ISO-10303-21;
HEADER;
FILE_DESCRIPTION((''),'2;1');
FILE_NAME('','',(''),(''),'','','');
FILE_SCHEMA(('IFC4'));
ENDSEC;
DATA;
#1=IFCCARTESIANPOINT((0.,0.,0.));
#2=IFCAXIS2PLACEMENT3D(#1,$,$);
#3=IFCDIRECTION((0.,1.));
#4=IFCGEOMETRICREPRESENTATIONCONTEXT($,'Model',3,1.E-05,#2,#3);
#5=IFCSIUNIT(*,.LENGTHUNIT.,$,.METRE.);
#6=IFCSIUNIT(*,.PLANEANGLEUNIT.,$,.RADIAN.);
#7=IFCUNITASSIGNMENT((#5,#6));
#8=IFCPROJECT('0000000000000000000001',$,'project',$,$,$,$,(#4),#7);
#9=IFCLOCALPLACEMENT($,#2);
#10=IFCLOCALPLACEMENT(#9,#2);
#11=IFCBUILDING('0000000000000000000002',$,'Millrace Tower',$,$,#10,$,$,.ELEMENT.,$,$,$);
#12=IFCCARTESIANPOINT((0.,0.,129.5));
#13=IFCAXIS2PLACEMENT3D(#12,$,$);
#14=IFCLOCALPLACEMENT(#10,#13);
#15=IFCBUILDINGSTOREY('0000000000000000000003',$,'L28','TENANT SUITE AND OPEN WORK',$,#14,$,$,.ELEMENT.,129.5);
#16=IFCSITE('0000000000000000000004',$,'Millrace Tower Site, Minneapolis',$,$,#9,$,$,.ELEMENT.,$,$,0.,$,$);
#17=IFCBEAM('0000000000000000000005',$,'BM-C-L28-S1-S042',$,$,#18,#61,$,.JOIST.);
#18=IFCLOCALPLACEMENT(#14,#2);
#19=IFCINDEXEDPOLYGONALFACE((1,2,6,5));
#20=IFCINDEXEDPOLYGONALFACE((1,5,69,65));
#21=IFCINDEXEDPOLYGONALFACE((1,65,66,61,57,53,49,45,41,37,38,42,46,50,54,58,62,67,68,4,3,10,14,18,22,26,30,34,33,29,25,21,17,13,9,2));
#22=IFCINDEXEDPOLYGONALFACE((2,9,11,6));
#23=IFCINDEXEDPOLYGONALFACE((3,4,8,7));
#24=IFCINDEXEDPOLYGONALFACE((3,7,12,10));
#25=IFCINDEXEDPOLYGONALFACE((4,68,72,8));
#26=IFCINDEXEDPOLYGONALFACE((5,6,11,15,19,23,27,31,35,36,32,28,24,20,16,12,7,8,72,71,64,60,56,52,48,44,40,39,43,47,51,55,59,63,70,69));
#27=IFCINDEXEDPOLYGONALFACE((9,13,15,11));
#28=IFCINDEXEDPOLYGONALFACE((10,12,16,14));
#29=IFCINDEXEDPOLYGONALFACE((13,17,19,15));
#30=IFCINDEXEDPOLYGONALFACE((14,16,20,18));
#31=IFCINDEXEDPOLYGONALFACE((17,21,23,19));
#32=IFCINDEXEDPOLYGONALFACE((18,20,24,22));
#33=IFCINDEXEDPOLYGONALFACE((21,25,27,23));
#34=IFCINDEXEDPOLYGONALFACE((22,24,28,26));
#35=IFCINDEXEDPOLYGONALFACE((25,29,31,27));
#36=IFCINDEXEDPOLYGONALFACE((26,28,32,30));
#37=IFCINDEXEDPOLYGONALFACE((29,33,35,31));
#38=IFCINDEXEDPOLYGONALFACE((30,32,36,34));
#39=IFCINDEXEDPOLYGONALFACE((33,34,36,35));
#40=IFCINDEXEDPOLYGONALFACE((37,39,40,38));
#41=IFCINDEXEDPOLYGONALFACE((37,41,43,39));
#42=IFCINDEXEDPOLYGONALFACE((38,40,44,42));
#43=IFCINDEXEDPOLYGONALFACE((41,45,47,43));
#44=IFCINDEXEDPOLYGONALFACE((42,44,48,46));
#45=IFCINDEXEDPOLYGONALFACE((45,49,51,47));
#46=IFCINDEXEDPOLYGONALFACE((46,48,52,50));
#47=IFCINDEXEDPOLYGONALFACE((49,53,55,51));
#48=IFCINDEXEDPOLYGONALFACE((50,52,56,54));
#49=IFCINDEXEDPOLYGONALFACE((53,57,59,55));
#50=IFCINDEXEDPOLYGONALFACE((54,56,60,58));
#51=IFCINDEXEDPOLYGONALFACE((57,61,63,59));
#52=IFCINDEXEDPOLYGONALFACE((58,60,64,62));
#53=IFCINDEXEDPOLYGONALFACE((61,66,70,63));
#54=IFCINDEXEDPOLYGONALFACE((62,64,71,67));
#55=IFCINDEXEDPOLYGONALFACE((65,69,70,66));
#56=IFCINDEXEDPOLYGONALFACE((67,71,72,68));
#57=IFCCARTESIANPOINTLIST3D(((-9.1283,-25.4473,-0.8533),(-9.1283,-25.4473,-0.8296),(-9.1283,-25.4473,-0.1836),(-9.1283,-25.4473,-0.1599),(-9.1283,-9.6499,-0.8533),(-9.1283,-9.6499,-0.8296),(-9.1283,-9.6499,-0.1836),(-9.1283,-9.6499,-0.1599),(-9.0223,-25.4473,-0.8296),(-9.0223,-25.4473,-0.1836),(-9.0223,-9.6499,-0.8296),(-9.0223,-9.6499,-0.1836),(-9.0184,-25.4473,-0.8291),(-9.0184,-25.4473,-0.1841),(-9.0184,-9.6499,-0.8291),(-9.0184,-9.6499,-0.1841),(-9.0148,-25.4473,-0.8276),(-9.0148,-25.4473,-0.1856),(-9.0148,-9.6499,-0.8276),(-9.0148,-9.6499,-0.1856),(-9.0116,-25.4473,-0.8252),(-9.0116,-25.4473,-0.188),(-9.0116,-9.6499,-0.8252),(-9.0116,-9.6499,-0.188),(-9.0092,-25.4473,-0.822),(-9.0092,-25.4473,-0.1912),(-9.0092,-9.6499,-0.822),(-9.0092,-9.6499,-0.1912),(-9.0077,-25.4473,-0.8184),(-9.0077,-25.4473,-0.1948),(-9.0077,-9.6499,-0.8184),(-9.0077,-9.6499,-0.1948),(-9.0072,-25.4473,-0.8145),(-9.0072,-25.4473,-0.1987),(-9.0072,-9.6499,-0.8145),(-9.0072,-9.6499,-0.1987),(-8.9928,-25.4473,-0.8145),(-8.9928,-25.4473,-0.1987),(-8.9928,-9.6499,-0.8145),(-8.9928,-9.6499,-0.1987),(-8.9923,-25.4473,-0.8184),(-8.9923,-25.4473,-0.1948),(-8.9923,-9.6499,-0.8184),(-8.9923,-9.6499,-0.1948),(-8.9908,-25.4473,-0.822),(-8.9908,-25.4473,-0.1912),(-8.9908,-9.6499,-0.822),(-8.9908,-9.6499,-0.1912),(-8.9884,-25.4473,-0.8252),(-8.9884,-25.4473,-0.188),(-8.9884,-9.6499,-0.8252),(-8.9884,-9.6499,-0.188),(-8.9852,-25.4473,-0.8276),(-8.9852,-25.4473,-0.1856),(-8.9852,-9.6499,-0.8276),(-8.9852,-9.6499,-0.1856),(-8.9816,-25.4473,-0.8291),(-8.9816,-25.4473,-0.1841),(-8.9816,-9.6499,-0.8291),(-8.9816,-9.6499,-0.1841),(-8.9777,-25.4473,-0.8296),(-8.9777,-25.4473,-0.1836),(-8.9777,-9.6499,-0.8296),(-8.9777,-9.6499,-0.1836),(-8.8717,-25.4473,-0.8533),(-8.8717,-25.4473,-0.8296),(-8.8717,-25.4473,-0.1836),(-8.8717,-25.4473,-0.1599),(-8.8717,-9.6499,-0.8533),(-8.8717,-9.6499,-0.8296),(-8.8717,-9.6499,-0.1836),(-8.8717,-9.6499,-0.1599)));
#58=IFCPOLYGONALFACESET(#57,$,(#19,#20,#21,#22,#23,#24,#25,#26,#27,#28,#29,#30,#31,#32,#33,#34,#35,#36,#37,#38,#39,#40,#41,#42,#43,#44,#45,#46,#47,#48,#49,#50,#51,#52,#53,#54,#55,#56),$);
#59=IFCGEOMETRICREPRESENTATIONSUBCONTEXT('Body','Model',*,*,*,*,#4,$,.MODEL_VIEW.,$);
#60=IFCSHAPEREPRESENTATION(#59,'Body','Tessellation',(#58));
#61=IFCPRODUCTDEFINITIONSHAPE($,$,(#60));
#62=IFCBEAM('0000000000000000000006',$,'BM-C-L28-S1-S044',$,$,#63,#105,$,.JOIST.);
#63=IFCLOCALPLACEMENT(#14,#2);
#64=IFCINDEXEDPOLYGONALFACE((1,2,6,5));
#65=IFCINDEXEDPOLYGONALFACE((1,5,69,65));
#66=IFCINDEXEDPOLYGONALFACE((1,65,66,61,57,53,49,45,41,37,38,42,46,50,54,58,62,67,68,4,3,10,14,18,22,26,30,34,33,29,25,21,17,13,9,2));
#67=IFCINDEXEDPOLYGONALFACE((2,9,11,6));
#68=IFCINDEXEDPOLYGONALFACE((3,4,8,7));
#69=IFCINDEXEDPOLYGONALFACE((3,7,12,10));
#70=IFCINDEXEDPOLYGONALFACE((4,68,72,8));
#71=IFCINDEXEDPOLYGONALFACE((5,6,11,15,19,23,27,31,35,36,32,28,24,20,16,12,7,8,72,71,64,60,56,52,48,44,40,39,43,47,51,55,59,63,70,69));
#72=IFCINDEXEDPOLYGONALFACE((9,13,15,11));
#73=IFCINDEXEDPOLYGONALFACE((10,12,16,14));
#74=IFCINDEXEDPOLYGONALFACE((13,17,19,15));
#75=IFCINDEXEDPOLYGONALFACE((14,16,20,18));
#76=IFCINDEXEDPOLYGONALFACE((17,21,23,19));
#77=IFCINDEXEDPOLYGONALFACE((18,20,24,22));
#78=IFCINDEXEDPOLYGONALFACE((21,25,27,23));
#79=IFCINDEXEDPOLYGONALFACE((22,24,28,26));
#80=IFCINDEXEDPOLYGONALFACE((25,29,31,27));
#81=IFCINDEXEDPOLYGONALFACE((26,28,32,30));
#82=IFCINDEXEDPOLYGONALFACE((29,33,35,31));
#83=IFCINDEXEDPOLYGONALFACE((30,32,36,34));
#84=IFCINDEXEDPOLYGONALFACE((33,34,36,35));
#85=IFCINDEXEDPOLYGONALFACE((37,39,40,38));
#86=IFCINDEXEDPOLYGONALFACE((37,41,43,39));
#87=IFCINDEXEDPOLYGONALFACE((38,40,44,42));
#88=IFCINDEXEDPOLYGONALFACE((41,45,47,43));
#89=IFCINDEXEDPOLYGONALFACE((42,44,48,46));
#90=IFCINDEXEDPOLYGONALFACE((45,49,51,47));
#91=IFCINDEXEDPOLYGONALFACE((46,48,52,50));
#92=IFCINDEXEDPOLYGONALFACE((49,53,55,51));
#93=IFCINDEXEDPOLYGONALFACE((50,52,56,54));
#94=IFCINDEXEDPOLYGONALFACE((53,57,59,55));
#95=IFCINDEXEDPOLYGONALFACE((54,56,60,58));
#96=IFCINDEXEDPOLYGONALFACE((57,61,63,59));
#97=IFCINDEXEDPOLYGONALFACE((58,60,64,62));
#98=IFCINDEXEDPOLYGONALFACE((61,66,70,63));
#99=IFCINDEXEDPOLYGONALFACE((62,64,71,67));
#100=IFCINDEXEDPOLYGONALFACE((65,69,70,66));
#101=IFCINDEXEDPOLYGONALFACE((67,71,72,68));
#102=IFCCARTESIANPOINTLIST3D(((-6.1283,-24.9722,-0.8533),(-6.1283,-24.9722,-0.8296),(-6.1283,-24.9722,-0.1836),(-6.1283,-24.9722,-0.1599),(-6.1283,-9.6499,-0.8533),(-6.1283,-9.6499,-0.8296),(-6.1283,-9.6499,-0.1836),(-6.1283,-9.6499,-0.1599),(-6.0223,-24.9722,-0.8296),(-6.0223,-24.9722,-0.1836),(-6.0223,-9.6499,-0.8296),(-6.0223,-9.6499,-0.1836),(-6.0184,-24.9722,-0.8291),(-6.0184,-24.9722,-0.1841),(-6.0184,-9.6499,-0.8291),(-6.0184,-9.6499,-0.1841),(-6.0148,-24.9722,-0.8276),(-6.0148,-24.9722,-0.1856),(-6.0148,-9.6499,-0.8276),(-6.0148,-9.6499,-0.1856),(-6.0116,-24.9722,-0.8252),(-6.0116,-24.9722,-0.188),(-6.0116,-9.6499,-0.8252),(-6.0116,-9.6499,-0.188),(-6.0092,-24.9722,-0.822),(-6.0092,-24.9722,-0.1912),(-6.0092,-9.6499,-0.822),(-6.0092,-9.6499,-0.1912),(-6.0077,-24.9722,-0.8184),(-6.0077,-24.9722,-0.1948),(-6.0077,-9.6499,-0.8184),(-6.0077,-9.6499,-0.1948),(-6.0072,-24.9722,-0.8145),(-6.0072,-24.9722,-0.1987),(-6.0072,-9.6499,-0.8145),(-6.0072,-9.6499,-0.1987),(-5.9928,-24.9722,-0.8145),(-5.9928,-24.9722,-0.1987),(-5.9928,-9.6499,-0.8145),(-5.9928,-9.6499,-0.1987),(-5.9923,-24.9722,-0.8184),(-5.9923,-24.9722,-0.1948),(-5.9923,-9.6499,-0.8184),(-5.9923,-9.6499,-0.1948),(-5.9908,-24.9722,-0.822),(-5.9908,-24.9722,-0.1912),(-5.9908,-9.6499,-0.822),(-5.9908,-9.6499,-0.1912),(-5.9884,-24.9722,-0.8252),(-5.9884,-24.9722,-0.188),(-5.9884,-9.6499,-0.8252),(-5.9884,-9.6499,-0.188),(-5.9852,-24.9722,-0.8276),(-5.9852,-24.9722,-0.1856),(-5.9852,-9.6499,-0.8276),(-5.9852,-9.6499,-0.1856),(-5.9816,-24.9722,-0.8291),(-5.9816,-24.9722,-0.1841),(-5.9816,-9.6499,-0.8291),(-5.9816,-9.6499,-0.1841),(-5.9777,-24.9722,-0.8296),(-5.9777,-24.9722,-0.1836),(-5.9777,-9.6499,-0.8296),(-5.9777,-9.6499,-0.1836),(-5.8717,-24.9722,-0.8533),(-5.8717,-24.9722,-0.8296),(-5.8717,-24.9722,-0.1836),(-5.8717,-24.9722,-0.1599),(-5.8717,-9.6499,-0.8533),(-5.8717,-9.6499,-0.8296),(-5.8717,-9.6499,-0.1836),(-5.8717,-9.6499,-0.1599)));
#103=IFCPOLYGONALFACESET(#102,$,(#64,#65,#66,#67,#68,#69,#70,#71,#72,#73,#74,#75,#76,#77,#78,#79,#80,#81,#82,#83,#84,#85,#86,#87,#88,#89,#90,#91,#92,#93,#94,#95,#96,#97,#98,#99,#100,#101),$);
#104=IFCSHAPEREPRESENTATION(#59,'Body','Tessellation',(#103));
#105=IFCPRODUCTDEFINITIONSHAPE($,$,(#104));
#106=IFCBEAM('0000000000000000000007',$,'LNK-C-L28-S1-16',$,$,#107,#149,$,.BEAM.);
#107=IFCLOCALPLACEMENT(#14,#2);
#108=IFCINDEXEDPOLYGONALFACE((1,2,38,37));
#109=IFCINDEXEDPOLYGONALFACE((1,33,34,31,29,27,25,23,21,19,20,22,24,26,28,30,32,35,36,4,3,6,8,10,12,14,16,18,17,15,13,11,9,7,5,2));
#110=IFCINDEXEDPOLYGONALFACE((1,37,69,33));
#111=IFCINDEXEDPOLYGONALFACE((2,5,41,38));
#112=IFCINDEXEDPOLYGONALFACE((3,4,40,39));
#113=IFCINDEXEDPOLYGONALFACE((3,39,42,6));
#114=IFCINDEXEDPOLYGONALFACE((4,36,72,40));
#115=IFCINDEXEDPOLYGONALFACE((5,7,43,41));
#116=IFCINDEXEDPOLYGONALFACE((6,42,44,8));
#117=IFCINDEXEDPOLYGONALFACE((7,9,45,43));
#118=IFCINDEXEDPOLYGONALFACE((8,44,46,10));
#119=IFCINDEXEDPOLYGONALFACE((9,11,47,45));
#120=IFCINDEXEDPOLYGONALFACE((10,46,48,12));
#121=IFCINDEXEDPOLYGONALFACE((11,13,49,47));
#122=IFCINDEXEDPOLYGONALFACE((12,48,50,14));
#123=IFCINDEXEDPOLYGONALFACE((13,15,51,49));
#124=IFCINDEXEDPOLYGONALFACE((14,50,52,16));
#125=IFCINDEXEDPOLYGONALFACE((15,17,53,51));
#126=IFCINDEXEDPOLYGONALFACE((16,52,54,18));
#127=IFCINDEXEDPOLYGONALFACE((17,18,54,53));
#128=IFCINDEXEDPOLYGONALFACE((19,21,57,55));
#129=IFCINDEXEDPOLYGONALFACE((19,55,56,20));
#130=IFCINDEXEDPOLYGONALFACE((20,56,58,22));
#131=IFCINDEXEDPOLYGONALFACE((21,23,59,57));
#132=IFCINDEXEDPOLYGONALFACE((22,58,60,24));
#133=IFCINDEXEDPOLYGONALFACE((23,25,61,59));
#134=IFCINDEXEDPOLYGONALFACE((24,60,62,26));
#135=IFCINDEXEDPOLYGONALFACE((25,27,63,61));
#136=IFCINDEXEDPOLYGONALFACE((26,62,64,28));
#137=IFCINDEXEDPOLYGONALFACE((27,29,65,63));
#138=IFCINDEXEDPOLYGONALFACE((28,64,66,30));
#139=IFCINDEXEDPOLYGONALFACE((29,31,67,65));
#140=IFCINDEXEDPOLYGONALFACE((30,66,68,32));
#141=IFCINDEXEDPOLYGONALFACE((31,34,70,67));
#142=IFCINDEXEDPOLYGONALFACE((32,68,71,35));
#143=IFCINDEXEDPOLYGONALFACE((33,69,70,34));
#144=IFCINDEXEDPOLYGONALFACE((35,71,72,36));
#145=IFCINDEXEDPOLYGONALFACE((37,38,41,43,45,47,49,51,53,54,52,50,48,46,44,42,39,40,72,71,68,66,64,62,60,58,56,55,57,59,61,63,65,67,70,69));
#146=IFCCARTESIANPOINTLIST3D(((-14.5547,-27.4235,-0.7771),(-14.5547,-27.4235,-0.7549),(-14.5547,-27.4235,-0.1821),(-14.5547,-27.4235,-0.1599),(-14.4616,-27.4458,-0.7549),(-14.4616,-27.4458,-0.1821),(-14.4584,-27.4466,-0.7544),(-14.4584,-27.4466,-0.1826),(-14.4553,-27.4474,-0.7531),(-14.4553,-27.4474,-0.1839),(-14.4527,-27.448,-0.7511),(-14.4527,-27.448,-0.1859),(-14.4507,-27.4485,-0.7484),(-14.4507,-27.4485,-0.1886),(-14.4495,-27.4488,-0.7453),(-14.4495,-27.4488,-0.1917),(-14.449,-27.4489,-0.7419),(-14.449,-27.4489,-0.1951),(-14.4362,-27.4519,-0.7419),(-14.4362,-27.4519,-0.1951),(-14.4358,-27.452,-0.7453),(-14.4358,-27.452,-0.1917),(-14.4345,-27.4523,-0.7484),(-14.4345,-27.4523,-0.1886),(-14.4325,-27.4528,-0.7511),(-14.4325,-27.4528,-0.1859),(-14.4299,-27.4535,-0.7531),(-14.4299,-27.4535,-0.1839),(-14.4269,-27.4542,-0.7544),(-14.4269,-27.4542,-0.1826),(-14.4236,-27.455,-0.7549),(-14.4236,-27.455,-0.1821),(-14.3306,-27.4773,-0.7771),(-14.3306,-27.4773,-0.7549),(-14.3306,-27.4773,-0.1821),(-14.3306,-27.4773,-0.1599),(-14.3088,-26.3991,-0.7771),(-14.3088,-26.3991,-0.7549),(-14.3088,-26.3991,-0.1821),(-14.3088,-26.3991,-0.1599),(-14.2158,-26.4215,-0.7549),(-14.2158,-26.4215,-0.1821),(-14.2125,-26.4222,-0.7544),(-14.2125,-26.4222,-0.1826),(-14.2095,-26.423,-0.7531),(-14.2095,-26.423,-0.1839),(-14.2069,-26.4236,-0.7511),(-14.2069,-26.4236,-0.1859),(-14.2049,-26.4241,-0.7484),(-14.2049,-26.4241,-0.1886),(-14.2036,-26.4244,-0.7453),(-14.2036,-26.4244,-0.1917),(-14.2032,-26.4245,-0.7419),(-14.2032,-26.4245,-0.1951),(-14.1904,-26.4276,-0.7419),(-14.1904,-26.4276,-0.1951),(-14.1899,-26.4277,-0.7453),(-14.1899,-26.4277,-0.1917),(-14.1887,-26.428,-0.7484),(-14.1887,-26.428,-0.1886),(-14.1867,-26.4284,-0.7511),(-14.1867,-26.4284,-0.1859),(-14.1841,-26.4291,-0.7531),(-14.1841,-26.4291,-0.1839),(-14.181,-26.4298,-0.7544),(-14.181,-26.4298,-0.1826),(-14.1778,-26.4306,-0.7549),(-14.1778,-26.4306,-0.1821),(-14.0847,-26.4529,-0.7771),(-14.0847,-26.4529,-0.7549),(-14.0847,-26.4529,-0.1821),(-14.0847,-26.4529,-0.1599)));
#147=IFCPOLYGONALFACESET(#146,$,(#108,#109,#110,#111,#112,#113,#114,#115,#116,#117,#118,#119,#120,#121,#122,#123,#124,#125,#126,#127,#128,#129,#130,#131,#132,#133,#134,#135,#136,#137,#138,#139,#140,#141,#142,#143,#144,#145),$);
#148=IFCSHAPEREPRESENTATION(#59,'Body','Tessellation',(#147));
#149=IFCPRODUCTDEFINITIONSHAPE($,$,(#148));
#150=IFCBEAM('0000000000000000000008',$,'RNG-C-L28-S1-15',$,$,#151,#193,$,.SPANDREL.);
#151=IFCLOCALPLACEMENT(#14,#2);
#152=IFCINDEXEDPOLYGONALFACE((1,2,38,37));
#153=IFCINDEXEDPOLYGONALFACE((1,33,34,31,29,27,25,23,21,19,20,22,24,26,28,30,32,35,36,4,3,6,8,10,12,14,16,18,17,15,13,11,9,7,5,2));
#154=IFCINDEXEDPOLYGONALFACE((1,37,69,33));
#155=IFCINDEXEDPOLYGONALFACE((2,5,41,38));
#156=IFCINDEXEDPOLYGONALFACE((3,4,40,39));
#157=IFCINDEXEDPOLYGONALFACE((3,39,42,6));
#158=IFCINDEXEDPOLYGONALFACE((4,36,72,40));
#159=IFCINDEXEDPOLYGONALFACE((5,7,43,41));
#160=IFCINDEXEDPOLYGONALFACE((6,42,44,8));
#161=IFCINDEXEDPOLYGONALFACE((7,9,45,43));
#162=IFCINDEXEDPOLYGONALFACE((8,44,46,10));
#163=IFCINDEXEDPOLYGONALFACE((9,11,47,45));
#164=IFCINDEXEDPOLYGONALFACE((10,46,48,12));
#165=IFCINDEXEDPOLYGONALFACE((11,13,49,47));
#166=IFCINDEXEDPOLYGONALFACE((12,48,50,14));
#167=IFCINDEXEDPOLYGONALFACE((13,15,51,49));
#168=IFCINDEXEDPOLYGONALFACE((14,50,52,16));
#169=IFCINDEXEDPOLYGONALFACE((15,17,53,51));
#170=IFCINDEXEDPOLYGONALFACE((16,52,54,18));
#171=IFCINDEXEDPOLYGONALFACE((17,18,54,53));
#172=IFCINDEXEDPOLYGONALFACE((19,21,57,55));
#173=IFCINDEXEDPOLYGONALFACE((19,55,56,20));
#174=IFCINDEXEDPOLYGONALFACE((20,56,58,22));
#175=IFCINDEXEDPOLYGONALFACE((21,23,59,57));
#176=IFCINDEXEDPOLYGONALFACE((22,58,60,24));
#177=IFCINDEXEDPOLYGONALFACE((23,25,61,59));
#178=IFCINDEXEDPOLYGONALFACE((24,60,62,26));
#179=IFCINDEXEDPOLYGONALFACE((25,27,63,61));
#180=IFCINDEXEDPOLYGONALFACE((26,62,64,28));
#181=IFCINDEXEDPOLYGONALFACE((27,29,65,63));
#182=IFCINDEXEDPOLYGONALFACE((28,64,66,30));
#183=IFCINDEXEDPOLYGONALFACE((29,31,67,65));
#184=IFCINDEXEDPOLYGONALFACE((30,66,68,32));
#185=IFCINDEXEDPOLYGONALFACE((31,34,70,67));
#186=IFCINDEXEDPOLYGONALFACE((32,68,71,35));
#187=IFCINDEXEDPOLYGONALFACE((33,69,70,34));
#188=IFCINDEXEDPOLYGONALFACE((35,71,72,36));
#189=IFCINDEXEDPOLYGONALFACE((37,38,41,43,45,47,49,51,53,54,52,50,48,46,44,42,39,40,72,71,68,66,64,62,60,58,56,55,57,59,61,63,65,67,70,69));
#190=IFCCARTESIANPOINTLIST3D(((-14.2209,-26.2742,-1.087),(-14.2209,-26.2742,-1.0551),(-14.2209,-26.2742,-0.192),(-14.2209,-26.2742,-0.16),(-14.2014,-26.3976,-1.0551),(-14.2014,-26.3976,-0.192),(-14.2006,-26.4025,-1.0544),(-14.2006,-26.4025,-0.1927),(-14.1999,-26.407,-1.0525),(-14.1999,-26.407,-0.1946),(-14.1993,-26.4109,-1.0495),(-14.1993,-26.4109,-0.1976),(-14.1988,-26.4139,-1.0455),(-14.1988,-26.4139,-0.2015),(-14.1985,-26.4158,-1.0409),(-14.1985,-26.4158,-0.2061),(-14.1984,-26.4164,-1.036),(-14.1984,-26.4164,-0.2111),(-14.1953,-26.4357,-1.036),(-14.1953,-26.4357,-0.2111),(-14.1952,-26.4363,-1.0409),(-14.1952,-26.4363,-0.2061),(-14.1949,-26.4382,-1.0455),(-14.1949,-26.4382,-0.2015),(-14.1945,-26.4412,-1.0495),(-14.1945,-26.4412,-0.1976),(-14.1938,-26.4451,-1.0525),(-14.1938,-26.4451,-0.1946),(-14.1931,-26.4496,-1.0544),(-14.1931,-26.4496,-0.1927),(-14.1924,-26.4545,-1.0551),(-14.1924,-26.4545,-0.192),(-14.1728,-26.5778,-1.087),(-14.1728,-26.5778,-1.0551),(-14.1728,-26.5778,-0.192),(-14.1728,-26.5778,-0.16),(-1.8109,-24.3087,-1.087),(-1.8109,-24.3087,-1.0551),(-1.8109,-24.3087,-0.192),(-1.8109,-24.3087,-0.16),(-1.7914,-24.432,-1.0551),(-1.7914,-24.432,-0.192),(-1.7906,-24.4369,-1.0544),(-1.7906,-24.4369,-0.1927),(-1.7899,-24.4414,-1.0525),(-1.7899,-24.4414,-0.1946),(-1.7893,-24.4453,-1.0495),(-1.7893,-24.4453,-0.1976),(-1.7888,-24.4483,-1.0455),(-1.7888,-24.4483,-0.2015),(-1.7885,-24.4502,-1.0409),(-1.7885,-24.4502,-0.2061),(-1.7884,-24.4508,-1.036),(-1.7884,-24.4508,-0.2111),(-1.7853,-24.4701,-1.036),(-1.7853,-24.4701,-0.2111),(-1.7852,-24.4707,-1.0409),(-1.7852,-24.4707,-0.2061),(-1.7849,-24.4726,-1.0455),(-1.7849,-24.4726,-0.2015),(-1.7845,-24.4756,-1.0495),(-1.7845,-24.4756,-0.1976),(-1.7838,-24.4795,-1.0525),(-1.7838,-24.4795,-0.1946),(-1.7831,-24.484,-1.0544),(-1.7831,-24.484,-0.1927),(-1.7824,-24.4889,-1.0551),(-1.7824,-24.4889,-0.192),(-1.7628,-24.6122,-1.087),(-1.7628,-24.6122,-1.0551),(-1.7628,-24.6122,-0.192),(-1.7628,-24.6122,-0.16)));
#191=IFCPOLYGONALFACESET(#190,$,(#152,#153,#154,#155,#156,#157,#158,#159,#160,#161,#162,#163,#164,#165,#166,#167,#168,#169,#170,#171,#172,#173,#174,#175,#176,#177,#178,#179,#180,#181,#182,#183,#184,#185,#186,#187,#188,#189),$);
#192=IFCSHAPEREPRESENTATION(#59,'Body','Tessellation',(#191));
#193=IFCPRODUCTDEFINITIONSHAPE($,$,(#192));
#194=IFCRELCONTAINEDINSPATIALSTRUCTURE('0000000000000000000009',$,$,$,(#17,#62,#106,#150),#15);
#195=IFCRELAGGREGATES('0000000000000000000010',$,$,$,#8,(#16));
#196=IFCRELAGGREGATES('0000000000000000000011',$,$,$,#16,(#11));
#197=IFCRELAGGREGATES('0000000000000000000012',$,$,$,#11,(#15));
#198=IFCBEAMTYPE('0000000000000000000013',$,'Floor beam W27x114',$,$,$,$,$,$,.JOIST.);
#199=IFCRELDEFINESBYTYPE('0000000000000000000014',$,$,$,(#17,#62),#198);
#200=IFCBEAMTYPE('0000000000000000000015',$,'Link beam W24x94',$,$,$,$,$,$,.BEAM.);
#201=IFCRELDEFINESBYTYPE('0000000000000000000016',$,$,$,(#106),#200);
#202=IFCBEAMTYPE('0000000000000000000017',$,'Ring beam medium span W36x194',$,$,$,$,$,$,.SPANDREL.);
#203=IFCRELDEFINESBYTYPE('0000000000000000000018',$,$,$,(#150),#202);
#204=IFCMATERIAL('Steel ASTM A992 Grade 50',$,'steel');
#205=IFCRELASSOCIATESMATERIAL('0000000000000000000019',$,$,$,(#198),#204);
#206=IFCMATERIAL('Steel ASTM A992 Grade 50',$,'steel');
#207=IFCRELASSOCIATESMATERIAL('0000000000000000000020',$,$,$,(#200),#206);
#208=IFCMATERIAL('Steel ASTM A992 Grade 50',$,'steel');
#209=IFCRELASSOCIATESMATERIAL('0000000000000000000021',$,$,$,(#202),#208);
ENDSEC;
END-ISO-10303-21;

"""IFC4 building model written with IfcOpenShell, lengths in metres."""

from ifc_helpers import new_model, si_unit, direction, frame, origin, origin_2d, place, context, subcontext, project, spatial, i_section, extrude, material, material_profile, profile_set, type_object, element, save


model = new_model("IFC4")

# Units and contexts
model_context = context("Model", 3, precision=1e-05, world=origin(), true_north=direction((0.0, 1.0)))
body_context = subcontext(model_context, "Body", "Model", "MODEL_VIEW")
ifc_project = project(units=[si_unit("LENGTHUNIT", "METRE"), si_unit("PLANEANGLEUNIT", "RADIAN")], contexts=[model_context])

# Site, building, storey
site_placement = place(None, origin())
site = spatial("IfcSite", under=ifc_project, at=site_placement, Name="Millrace Tower Site, Minneapolis", CompositionType="ELEMENT", RefElevation=0.0)
building_placement = place(site_placement, origin())
building = spatial("IfcBuilding", under=site, at=building_placement, Name="Millrace Tower", CompositionType="ELEMENT")
storey_placement = place(building_placement, frame((0.0, 0.0, 129.5)))
storey = spatial("IfcBuildingStorey", under=building, at=storey_placement, Name="L28", Description="TENANT SUITE AND OPEN WORK", CompositionType="ELEMENT", Elevation=129.5)

# Beams
ifc_material_1 = material(Name="Steel ASTM A992 Grade 50", Category="steel")
ifc_material_profile_1 = material_profile(ifc_material_1, i_section(OverallWidth=0.2566, OverallDepth=0.6934, WebThickness=0.0144, FlangeThickness=0.0237, FilletRadius=0.0151, at=origin_2d()))
ifc_profile_set_1 = profile_set([ifc_material_profile_1], Name="Steel ASTM A992 Grade 50")
beam_type_1 = type_object("IfcBeamType", Name="Floor beam W27x114", PredefinedType="JOIST", material=ifc_profile_set_1)
beam_1_placement = place(storey_placement, frame((-9.0, -25.4473, -0.5066), z_axis=(0.0, 1.0, 0.0), x_axis=(-1.0, 0.0, 0.0)))
element("IfcBeam", 1, at=beam_1_placement, inside=storey, type_object=beam_type_1, Name="BM-C-L28-S1-S042", PredefinedType="JOIST", context=body_context, shape_type="SweptSolid", body=[
    extrude(i_section(OverallWidth=0.2566, OverallDepth=0.6934, WebThickness=0.0144, FlangeThickness=0.0237, FilletRadius=0.0151, at=origin_2d()), origin(), (0.0, 0.0, 1.0), 15.7974),
])
beam_2_placement = place(storey_placement, frame((-6.0, -24.9722, -0.5066), z_axis=(0.0, 1.0, 0.0), x_axis=(-1.0, 0.0, 0.0)))
element("IfcBeam", 2, at=beam_2_placement, inside=storey, type_object=beam_type_1, Name="BM-C-L28-S1-S044", PredefinedType="JOIST", context=body_context, shape_type="SweptSolid", body=[
    extrude(i_section(OverallWidth=0.2566, OverallDepth=0.6934, WebThickness=0.0144, FlangeThickness=0.0237, FilletRadius=0.0151, at=origin_2d()), origin(), (0.0, 0.0, 1.0), 15.3223),
])
ifc_material_2 = material(Name="Steel ASTM A992 Grade 50", Category="steel")
ifc_material_profile_2 = material_profile(ifc_material_2, i_section(OverallWidth=0.2305, OverallDepth=0.6172, WebThickness=0.0132, FlangeThickness=0.0222, FilletRadius=0.0129, at=origin_2d()))
ifc_profile_set_2 = profile_set([ifc_material_profile_2], Name="Steel ASTM A992 Grade 50")
beam_type_2 = type_object("IfcBeamType", Name="Link beam W24x94", PredefinedType="BEAM", material=ifc_profile_set_2)
beam_3_placement = place(storey_placement, frame((-14.1968, -26.426, -0.4685), z_axis=(-0.233364, -0.972389, 0.0), x_axis=(0.972389, -0.233364, 0.0)))
element("IfcBeam", 3, at=beam_3_placement, inside=storey, type_object=beam_type_2, Name="LNK-C-L28-S1-16", PredefinedType="BEAM", context=body_context, shape_type="SweptSolid", body=[
    extrude(i_section(OverallWidth=0.2305, OverallDepth=0.6172, WebThickness=0.0132, FlangeThickness=0.0222, FilletRadius=0.0129, at=origin_2d()), origin(), (0.0, 0.0, 1.0), 1.0535),
])
ifc_material_3 = material(Name="Steel ASTM A992 Grade 50", Category="steel")
ifc_material_profile_3 = material_profile(ifc_material_3, i_section(OverallWidth=0.3074, OverallDepth=0.927, WebThickness=0.0195, FlangeThickness=0.032, FilletRadius=0.019, at=origin_2d()))
ifc_profile_set_3 = profile_set([ifc_material_profile_3], Name="Steel ASTM A992 Grade 50")
beam_type_3 = type_object("IfcBeamType", Name="Ring beam medium span W36x194", PredefinedType="SPANDREL", material=ifc_profile_set_3)
beam_4_placement = place(storey_placement, frame((-1.7869, -24.4604, -0.6235), z_axis=(-0.987688, -0.156438, 0.0), x_axis=(0.156438, -0.987688, 0.0)))
element("IfcBeam", 4, at=beam_4_placement, inside=storey, type_object=beam_type_3, Name="RNG-C-L28-S1-15", PredefinedType="SPANDREL", context=body_context, shape_type="SweptSolid", body=[
    extrude(i_section(OverallWidth=0.3074, OverallDepth=0.927, WebThickness=0.0195, FlangeThickness=0.032, FilletRadius=0.019, at=origin_2d()), origin(), (0.0, 0.0, 1.0), 12.5647),
])

save(model, "model.ifc")
